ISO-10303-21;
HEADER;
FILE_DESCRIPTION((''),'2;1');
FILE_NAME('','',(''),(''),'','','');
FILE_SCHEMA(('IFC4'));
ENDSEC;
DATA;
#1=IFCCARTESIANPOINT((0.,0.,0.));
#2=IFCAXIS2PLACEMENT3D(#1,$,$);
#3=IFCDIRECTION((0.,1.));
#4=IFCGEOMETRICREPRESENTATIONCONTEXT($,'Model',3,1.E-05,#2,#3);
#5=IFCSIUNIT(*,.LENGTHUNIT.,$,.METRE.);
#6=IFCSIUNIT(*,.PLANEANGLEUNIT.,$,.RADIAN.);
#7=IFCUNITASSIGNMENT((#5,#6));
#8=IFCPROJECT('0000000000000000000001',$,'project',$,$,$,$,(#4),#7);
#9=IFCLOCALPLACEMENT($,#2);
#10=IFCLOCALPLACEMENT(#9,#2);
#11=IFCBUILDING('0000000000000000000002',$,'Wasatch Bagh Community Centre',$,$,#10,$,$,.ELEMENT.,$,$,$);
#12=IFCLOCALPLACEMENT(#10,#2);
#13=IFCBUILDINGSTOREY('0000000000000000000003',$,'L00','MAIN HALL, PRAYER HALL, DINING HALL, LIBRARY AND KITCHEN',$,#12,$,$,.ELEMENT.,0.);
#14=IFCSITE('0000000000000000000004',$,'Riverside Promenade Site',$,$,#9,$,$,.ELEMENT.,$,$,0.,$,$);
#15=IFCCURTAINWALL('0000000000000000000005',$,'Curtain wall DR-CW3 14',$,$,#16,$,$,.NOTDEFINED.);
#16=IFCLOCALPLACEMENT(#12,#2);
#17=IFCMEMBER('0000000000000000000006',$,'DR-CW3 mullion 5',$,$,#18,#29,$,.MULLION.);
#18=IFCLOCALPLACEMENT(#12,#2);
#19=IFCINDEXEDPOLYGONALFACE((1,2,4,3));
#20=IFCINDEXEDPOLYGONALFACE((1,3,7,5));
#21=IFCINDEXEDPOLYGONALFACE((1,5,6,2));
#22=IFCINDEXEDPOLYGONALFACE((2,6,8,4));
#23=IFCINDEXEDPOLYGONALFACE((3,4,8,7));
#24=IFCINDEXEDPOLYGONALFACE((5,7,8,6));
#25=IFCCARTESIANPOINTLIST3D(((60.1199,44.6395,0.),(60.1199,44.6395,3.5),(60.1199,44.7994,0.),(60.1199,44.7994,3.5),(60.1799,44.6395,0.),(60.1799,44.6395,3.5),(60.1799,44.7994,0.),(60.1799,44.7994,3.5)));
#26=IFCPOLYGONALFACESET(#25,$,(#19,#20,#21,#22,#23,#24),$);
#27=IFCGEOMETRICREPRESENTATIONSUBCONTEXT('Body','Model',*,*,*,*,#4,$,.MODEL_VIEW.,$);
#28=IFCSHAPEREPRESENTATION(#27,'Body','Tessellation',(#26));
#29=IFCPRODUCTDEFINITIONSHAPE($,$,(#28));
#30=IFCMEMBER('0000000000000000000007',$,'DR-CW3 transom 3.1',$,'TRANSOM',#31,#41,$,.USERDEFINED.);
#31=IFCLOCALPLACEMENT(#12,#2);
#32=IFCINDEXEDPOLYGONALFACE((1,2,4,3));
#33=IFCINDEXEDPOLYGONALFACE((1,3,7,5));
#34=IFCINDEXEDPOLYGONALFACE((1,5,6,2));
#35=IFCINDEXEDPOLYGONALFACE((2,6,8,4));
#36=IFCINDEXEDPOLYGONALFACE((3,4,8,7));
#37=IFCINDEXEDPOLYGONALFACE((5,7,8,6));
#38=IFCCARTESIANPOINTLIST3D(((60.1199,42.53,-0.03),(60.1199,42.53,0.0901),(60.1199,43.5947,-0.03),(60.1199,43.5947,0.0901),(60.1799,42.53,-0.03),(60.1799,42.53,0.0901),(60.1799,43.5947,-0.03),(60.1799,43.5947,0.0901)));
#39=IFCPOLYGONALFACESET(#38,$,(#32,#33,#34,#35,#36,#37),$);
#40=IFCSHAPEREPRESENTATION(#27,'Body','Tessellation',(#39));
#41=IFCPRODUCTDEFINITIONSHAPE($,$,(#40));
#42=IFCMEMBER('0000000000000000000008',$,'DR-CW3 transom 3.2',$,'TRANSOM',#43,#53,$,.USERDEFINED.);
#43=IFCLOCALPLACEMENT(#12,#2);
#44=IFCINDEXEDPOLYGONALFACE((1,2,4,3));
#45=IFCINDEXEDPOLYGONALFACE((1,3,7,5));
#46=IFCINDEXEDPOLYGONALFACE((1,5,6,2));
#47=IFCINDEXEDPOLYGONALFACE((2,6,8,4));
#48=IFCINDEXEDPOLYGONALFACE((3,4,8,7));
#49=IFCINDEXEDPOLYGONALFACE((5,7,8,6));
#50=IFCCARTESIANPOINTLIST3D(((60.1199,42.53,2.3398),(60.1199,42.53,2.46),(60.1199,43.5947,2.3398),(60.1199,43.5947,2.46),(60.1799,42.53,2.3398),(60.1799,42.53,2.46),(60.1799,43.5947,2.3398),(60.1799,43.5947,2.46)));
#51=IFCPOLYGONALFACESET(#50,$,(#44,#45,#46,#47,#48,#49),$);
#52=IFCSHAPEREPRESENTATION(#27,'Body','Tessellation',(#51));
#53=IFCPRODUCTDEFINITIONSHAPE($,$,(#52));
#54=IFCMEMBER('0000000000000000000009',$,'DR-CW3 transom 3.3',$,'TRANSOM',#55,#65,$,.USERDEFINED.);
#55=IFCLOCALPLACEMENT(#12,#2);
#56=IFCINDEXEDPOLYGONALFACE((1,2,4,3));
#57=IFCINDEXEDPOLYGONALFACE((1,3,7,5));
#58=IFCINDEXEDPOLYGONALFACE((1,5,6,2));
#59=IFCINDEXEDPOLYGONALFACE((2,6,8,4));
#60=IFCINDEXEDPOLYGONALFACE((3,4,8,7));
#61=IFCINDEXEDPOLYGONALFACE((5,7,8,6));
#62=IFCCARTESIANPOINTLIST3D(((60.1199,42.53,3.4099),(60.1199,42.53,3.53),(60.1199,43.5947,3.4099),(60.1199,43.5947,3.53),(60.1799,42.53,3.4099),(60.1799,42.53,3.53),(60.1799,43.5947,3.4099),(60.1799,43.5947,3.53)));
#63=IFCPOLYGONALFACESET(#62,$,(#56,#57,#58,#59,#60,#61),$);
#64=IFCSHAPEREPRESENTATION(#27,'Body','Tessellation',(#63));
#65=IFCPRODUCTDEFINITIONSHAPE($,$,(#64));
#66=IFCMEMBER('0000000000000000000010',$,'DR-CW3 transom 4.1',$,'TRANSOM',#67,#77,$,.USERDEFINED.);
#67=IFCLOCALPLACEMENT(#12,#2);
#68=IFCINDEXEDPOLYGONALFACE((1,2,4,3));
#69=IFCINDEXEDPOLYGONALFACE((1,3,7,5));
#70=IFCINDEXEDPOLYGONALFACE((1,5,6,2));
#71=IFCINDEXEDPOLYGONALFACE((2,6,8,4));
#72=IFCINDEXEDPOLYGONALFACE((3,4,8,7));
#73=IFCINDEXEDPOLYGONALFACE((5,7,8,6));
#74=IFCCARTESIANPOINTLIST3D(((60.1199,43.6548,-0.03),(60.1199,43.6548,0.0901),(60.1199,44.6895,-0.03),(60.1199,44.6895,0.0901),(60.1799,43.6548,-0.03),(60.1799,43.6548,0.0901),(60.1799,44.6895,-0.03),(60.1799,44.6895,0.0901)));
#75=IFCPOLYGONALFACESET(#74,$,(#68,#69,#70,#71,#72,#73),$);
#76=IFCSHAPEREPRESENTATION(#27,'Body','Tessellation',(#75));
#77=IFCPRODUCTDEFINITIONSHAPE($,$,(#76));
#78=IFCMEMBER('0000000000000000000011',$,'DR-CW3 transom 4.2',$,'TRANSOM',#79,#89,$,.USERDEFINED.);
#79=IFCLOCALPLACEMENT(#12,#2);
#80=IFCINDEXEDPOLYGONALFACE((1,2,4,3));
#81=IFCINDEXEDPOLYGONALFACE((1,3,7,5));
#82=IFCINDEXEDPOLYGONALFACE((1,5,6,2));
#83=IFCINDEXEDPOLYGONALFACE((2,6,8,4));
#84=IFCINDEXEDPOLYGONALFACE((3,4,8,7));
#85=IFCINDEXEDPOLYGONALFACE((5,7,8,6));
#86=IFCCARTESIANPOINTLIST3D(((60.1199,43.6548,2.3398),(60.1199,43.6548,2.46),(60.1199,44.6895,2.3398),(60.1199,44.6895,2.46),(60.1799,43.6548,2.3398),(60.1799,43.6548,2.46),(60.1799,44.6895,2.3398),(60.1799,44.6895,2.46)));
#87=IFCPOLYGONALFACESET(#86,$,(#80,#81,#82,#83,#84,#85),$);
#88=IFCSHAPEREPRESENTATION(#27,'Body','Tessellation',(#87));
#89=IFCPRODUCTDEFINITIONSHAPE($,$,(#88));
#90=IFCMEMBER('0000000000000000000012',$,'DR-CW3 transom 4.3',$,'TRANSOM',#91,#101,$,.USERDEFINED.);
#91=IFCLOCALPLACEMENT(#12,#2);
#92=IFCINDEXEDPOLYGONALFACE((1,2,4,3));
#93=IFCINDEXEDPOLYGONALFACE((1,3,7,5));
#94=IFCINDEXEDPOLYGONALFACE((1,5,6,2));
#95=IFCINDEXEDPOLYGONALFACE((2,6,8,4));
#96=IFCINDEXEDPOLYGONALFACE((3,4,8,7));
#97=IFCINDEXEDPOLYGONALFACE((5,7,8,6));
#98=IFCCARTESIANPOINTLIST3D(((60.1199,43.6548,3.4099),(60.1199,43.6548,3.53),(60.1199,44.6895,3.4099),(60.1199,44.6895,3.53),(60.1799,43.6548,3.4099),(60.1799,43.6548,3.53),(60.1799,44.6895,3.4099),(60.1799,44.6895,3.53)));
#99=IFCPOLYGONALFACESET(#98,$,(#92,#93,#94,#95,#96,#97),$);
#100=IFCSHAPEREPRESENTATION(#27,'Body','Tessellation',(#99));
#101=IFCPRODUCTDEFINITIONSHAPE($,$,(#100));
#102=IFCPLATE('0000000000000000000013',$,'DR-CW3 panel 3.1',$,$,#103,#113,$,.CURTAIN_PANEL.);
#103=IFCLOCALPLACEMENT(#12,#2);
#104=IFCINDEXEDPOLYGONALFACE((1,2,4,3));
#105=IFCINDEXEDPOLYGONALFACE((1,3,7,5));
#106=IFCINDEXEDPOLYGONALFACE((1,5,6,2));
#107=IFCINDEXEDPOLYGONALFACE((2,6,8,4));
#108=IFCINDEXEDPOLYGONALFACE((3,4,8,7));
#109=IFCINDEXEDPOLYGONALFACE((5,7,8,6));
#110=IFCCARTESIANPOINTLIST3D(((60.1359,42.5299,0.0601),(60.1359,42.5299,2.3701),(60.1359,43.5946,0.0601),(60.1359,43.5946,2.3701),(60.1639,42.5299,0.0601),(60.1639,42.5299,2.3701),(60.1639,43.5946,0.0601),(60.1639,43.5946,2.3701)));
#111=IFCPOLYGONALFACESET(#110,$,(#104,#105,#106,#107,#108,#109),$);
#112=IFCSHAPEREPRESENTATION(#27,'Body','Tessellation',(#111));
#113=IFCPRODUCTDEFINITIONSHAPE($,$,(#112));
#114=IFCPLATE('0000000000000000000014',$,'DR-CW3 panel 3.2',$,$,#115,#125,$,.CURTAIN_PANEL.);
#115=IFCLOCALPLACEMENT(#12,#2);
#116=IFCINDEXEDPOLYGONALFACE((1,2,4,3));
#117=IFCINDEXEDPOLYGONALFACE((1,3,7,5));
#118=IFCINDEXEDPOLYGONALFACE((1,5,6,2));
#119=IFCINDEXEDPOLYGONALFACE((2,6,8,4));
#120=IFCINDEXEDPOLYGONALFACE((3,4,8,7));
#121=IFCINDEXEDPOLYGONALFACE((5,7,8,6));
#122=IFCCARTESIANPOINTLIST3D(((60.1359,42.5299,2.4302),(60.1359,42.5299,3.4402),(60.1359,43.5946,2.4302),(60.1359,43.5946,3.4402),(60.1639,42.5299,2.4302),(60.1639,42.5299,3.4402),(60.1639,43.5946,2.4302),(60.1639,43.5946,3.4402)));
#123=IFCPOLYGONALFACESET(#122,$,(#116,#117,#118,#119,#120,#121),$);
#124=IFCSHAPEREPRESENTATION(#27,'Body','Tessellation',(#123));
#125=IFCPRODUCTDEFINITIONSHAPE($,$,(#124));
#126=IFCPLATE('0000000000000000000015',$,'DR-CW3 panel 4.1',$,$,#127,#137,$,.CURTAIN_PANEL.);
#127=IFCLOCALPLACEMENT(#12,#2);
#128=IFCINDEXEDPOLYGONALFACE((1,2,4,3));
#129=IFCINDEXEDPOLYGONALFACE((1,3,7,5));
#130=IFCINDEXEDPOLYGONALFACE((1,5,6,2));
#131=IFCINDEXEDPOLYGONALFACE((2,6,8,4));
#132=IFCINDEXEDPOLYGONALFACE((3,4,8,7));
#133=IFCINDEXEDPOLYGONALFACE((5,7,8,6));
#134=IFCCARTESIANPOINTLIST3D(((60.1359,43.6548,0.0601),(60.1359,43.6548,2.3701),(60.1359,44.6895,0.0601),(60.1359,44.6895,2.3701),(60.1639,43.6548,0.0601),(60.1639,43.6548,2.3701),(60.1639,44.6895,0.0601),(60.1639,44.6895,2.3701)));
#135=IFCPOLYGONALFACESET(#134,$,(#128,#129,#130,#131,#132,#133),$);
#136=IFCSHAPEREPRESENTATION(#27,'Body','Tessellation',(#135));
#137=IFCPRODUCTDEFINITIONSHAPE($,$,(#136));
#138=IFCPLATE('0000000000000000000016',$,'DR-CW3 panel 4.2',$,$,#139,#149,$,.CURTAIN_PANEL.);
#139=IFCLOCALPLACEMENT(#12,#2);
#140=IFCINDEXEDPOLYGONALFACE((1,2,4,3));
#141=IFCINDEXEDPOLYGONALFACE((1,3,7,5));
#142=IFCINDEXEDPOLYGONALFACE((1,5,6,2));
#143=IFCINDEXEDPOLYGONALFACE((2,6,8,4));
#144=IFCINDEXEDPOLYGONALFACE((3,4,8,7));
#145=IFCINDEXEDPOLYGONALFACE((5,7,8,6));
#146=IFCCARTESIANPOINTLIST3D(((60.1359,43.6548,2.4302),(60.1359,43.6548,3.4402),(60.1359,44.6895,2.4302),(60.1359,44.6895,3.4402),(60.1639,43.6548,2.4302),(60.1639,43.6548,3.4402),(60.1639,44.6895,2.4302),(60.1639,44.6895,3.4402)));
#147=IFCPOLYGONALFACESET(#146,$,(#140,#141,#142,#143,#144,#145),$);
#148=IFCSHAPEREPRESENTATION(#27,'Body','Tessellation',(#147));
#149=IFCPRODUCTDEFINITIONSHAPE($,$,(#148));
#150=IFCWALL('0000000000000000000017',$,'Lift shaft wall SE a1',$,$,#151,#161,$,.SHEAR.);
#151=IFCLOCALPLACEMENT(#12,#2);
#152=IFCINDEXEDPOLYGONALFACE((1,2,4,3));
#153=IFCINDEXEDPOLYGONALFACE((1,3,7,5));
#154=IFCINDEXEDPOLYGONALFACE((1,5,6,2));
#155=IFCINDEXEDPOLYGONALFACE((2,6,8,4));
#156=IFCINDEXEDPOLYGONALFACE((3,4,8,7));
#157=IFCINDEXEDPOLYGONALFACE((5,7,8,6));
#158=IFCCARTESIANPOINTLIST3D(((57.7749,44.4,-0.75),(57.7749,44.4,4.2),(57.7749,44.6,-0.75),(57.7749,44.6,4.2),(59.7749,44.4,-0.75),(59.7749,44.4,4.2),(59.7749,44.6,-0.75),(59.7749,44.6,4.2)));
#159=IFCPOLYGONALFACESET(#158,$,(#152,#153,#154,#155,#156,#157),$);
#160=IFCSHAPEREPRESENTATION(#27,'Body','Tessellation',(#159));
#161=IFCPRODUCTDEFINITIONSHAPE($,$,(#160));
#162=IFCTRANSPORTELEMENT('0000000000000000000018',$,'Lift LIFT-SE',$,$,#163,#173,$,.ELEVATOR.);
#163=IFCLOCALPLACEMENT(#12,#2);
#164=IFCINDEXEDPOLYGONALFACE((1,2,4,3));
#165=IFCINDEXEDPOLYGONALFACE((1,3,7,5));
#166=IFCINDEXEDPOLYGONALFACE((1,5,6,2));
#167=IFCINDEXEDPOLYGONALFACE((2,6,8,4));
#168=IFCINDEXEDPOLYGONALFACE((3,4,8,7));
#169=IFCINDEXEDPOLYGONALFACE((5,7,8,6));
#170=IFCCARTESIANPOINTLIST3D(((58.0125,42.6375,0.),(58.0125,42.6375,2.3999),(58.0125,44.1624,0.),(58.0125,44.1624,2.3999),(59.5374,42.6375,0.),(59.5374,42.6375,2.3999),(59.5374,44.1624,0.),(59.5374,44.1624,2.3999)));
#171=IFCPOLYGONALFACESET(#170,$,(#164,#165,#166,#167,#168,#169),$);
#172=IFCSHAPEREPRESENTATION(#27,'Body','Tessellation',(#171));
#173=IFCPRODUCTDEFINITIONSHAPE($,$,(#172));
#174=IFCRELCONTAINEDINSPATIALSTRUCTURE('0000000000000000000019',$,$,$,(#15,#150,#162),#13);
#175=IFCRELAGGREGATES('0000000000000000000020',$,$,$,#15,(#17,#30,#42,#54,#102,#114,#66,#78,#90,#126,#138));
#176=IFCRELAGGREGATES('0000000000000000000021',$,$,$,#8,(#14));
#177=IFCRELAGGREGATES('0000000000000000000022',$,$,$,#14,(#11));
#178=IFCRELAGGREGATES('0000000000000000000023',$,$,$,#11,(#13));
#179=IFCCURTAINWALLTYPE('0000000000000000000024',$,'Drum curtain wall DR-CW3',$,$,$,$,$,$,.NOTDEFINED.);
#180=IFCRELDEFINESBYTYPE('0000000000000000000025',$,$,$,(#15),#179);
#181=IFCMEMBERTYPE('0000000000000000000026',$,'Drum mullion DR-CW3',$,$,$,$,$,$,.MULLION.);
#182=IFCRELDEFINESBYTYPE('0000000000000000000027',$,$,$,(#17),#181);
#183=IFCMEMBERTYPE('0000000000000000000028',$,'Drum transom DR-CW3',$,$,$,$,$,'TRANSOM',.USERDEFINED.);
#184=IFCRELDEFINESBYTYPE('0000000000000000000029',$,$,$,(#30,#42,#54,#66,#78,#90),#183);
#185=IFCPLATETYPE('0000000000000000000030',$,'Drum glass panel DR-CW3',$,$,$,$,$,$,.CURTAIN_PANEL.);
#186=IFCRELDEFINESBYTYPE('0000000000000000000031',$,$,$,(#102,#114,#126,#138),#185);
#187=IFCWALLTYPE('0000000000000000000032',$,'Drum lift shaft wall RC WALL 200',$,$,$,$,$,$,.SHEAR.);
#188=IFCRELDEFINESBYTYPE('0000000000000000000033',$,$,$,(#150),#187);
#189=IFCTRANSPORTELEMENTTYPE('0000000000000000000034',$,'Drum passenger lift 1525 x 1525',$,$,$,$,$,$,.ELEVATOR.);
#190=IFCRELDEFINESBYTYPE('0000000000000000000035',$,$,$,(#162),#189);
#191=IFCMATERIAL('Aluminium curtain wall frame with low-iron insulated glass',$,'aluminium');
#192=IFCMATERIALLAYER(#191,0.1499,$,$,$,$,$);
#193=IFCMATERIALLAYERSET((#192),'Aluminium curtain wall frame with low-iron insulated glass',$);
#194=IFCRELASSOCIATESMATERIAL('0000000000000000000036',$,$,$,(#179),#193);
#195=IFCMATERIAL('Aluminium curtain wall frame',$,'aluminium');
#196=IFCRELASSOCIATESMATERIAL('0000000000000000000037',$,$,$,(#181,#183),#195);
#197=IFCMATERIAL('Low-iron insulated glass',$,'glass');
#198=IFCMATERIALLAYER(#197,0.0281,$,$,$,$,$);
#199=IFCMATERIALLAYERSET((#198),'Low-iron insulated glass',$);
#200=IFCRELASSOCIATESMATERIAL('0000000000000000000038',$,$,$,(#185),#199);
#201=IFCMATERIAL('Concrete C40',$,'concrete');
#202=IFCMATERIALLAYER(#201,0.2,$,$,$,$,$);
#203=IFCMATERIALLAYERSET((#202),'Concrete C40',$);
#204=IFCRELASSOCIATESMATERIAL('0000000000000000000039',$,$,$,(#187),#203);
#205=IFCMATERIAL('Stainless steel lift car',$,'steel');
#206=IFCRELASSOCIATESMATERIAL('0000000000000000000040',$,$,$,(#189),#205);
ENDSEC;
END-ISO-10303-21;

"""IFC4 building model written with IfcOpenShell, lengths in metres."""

from ifc_helpers import new_model, si_unit, direction, frame, frame_2d, origin, origin_2d, place, context, subcontext, project, spatial, rectangle, extrude, material, layer, layer_set, material_profile, profile_set, type_object, element, aggregate, save


model = new_model("IFC4")

# Units and contexts
model_context = context("Model", 3, precision=1e-05, world=origin(), true_north=direction((0.0, 1.0)))
body_context = subcontext(model_context, "Body", "Model", "MODEL_VIEW")
ifc_project = project(units=[si_unit("LENGTHUNIT", "METRE"), si_unit("PLANEANGLEUNIT", "RADIAN")], contexts=[model_context])

# Site, building, storey
site_placement = place(None, origin())
site = spatial("IfcSite", under=ifc_project, at=site_placement, Name="Riverside Promenade Site", CompositionType="ELEMENT", RefElevation=0.0)
building_placement = place(site_placement, origin())
building = spatial("IfcBuilding", under=site, at=building_placement, Name="Wasatch Bagh Community Centre", CompositionType="ELEMENT")
storey_placement = place(building_placement, origin())
storey = spatial("IfcBuildingStorey", under=building, at=storey_placement, Name="L00", Description="MAIN HALL, PRAYER HALL, DINING HALL, LIBRARY AND KITCHEN", CompositionType="ELEMENT", Elevation=0.0)

# Shared definitions
ifc_material_1 = material(Name="Concrete C40", Category="concrete")

# Curtain wall, members, plates
ifc_material_2 = material(Name="Aluminium curtain wall frame with low-iron insulated glass", Category="aluminium")
ifc_layer_1 = layer(ifc_material_2, 0.1499)
ifc_layer_set_1 = layer_set([ifc_layer_1], Name="Aluminium curtain wall frame with low-iron insulated glass")
curtain_wall_type = type_object("IfcCurtainWallType", Name="Drum curtain wall DR-CW3", PredefinedType="NOTDEFINED", material=ifc_layer_set_1)
curtain_wall_placement = place(storey_placement, origin())
curtain_wall = element("IfcCurtainWall", 1, at=curtain_wall_placement, inside=storey, type_object=curtain_wall_type, Name="Curtain wall DR-CW3 14", PredefinedType="NOTDEFINED")
ifc_material_3 = material(Name="Aluminium curtain wall frame", Category="aluminium")
ifc_material_profile_1 = material_profile(ifc_material_3, rectangle(XDim=0.0601, YDim=0.1599, at=origin_2d()), Name="Drum mullion DR-CW3")
ifc_profile_set_1 = profile_set([ifc_material_profile_1], Name="Aluminium curtain wall frame")
member_type_1 = type_object("IfcMemberType", Name="Drum mullion DR-CW3", PredefinedType="MULLION", material=ifc_profile_set_1)
member_1_placement = place(storey_placement, frame((60.1499, 44.7195, 0.0), z_axis=(0.0, 0.0, 1.0), x_axis=(-1.0, 0.0, 0.0)))
member_1 = element("IfcMember", 2, at=member_1_placement, type_object=member_type_1, Name="DR-CW3 mullion 5", PredefinedType="MULLION", context=body_context, shape_type="SweptSolid", body=[
    extrude(rectangle(XDim=0.0601, YDim=0.1599, at=origin_2d()), origin(), (0.0, 0.0, 1.0), 3.5),
])
ifc_material_profile_2 = material_profile(ifc_material_3, rectangle(XDim=0.0601, YDim=0.1201, at=origin_2d()), Name="Drum transom DR-CW3")
ifc_profile_set_2 = profile_set([ifc_material_profile_2], Name="Aluminium curtain wall frame")
member_type_2 = type_object("IfcMemberType", Name="Drum transom DR-CW3", ElementType="TRANSOM", PredefinedType="USERDEFINED", material=ifc_profile_set_2)
member_2_placement = place(storey_placement, frame((60.1499, 42.53, 0.03), z_axis=(0.0, 1.0, 0.0), x_axis=(-1.0, 0.0, 0.0)))
member_2 = element("IfcMember", 3, at=member_2_placement, type_object=member_type_2, Name="DR-CW3 transom 3.1", ObjectType="TRANSOM", PredefinedType="USERDEFINED", context=body_context, shape_type="SweptSolid", body=[
    extrude(rectangle(XDim=0.0601, YDim=0.1201, at=origin_2d()), origin(), (0.0, 0.0, 1.0), 1.0647),
])
member_3_placement = place(storey_placement, frame((60.1499, 42.53, 2.3999), z_axis=(0.0, 1.0, 0.0), x_axis=(-1.0, 0.0, 0.0)))
member_3 = element("IfcMember", 4, at=member_3_placement, type_object=member_type_2, Name="DR-CW3 transom 3.2", ObjectType="TRANSOM", PredefinedType="USERDEFINED", context=body_context, shape_type="SweptSolid", body=[
    extrude(rectangle(XDim=0.0601, YDim=0.1201, at=origin_2d()), origin(), (0.0, 0.0, 1.0), 1.0647),
])
member_4_placement = place(storey_placement, frame((60.1499, 42.53, 3.47), z_axis=(0.0, 1.0, 0.0), x_axis=(-1.0, 0.0, 0.0)))
member_4 = element("IfcMember", 5, at=member_4_placement, type_object=member_type_2, Name="DR-CW3 transom 3.3", ObjectType="TRANSOM", PredefinedType="USERDEFINED", context=body_context, shape_type="SweptSolid", body=[
    extrude(rectangle(XDim=0.0601, YDim=0.1201, at=origin_2d()), origin(), (0.0, 0.0, 1.0), 1.0647),
])
member_5_placement = place(storey_placement, frame((60.1499, 43.6548, 0.03), z_axis=(0.0, 1.0, 0.0), x_axis=(-1.0, 0.0, 0.0)))
member_5 = element("IfcMember", 6, at=member_5_placement, type_object=member_type_2, Name="DR-CW3 transom 4.1", ObjectType="TRANSOM", PredefinedType="USERDEFINED", context=body_context, shape_type="SweptSolid", body=[
    extrude(rectangle(XDim=0.0601, YDim=0.1201, at=origin_2d()), origin(), (0.0, 0.0, 1.0), 1.0347),
])
member_6_placement = place(storey_placement, frame((60.1499, 43.6548, 2.3999), z_axis=(0.0, 1.0, 0.0), x_axis=(-1.0, 0.0, 0.0)))
member_6 = element("IfcMember", 7, at=member_6_placement, type_object=member_type_2, Name="DR-CW3 transom 4.2", ObjectType="TRANSOM", PredefinedType="USERDEFINED", context=body_context, shape_type="SweptSolid", body=[
    extrude(rectangle(XDim=0.0601, YDim=0.1201, at=origin_2d()), origin(), (0.0, 0.0, 1.0), 1.0347),
])
member_7_placement = place(storey_placement, frame((60.1499, 43.6548, 3.47), z_axis=(0.0, 1.0, 0.0), x_axis=(-1.0, 0.0, 0.0)))
member_7 = element("IfcMember", 8, at=member_7_placement, type_object=member_type_2, Name="DR-CW3 transom 4.3", ObjectType="TRANSOM", PredefinedType="USERDEFINED", context=body_context, shape_type="SweptSolid", body=[
    extrude(rectangle(XDim=0.0601, YDim=0.1201, at=origin_2d()), origin(), (0.0, 0.0, 1.0), 1.0347),
])
ifc_material_4 = material(Name="Low-iron insulated glass", Category="glass")
ifc_layer_2 = layer(ifc_material_4, 0.0281)
ifc_layer_set_2 = layer_set([ifc_layer_2], Name="Low-iron insulated glass")
plate_type = type_object("IfcPlateType", Name="Drum glass panel DR-CW3", PredefinedType="CURTAIN_PANEL", material=ifc_layer_set_2)
plate_1_placement = place(storey_placement, frame((60.1499, 43.0623, 0.0601), z_axis=(0.0, 0.0, 1.0), x_axis=(0.0, 1.0, 0.0)))
plate_1 = element("IfcPlate", 9, at=plate_1_placement, type_object=plate_type, Name="DR-CW3 panel 3.1", PredefinedType="CURTAIN_PANEL", context=body_context, shape_type="SweptSolid", body=[
    extrude(rectangle(XDim=1.0647, YDim=0.0281, at=origin_2d()), origin(), (0.0, 0.0, 1.0), 2.3101),
])
plate_2_placement = place(storey_placement, frame((60.1499, 43.0623, 2.4302), z_axis=(0.0, 0.0, 1.0), x_axis=(0.0, 1.0, 0.0)))
plate_2 = element("IfcPlate", 10, at=plate_2_placement, type_object=plate_type, Name="DR-CW3 panel 3.2", PredefinedType="CURTAIN_PANEL", context=body_context, shape_type="SweptSolid", body=[
    extrude(rectangle(XDim=1.0647, YDim=0.0281, at=origin_2d()), origin(), (0.0, 0.0, 1.0), 1.01),
])
plate_3_placement = place(storey_placement, frame((60.1499, 44.1721, 0.0601), z_axis=(0.0, 0.0, 1.0), x_axis=(0.0, 1.0, 0.0)))
plate_3 = element("IfcPlate", 11, at=plate_3_placement, type_object=plate_type, Name="DR-CW3 panel 4.1", PredefinedType="CURTAIN_PANEL", context=body_context, shape_type="SweptSolid", body=[
    extrude(rectangle(XDim=1.0347, YDim=0.0281, at=origin_2d()), origin(), (0.0, 0.0, 1.0), 2.3101),
])
plate_4_placement = place(storey_placement, frame((60.1499, 44.1721, 2.4302), z_axis=(0.0, 0.0, 1.0), x_axis=(0.0, 1.0, 0.0)))
plate_4 = element("IfcPlate", 12, at=plate_4_placement, type_object=plate_type, Name="DR-CW3 panel 4.2", PredefinedType="CURTAIN_PANEL", context=body_context, shape_type="SweptSolid", body=[
    extrude(rectangle(XDim=1.0347, YDim=0.0281, at=origin_2d()), origin(), (0.0, 0.0, 1.0), 1.01),
])
aggregate(curtain_wall, [member_1, member_2, member_3, member_4, plate_1, plate_2, member_5, member_6, member_7, plate_3, plate_4])

# Wall
ifc_layer_3 = layer(ifc_material_1, 0.2)
ifc_layer_set_3 = layer_set([ifc_layer_3], Name="Concrete C40")
wall_type = type_object("IfcWallType", Name="Drum lift shaft wall RC WALL 200", PredefinedType="SHEAR", material=ifc_layer_set_3)
wall_placement = place(storey_placement, frame((57.7749, 44.5, -0.75), z_axis=(0.0, 0.0, 1.0), x_axis=(1.0, 0.0, 0.0)))
element("IfcWall", 13, at=wall_placement, inside=storey, type_object=wall_type, Name="Lift shaft wall SE a1", PredefinedType="SHEAR", context=body_context, shape_type="SweptSolid", body=[
    extrude(rectangle(XDim=2.0, YDim=0.2, at=frame_2d((1.0, 0.0))), origin(), (0.0, 0.0, 1.0), 4.95),
])

# Transport element
ifc_material_5 = material(Name="Stainless steel lift car", Category="steel")
transport_element_type = type_object("IfcTransportElementType", Name="Drum passenger lift 1525 x 1525", PredefinedType="ELEVATOR", material=ifc_material_5)
transport_element_placement = place(storey_placement, frame((58.7749, 43.3999, 0.0), z_axis=(0.0, 0.0, 1.0), x_axis=(1.0, 0.0, 0.0)))
element("IfcTransportElement", 14, at=transport_element_placement, inside=storey, type_object=transport_element_type, Name="Lift LIFT-SE", PredefinedType="ELEVATOR", context=body_context, shape_type="SweptSolid", body=[
    extrude(rectangle(XDim=1.5249, YDim=1.5249, at=origin_2d()), origin(), (0.0, 0.0, 1.0), 2.3999),
])

save(model, "model.ifc")
